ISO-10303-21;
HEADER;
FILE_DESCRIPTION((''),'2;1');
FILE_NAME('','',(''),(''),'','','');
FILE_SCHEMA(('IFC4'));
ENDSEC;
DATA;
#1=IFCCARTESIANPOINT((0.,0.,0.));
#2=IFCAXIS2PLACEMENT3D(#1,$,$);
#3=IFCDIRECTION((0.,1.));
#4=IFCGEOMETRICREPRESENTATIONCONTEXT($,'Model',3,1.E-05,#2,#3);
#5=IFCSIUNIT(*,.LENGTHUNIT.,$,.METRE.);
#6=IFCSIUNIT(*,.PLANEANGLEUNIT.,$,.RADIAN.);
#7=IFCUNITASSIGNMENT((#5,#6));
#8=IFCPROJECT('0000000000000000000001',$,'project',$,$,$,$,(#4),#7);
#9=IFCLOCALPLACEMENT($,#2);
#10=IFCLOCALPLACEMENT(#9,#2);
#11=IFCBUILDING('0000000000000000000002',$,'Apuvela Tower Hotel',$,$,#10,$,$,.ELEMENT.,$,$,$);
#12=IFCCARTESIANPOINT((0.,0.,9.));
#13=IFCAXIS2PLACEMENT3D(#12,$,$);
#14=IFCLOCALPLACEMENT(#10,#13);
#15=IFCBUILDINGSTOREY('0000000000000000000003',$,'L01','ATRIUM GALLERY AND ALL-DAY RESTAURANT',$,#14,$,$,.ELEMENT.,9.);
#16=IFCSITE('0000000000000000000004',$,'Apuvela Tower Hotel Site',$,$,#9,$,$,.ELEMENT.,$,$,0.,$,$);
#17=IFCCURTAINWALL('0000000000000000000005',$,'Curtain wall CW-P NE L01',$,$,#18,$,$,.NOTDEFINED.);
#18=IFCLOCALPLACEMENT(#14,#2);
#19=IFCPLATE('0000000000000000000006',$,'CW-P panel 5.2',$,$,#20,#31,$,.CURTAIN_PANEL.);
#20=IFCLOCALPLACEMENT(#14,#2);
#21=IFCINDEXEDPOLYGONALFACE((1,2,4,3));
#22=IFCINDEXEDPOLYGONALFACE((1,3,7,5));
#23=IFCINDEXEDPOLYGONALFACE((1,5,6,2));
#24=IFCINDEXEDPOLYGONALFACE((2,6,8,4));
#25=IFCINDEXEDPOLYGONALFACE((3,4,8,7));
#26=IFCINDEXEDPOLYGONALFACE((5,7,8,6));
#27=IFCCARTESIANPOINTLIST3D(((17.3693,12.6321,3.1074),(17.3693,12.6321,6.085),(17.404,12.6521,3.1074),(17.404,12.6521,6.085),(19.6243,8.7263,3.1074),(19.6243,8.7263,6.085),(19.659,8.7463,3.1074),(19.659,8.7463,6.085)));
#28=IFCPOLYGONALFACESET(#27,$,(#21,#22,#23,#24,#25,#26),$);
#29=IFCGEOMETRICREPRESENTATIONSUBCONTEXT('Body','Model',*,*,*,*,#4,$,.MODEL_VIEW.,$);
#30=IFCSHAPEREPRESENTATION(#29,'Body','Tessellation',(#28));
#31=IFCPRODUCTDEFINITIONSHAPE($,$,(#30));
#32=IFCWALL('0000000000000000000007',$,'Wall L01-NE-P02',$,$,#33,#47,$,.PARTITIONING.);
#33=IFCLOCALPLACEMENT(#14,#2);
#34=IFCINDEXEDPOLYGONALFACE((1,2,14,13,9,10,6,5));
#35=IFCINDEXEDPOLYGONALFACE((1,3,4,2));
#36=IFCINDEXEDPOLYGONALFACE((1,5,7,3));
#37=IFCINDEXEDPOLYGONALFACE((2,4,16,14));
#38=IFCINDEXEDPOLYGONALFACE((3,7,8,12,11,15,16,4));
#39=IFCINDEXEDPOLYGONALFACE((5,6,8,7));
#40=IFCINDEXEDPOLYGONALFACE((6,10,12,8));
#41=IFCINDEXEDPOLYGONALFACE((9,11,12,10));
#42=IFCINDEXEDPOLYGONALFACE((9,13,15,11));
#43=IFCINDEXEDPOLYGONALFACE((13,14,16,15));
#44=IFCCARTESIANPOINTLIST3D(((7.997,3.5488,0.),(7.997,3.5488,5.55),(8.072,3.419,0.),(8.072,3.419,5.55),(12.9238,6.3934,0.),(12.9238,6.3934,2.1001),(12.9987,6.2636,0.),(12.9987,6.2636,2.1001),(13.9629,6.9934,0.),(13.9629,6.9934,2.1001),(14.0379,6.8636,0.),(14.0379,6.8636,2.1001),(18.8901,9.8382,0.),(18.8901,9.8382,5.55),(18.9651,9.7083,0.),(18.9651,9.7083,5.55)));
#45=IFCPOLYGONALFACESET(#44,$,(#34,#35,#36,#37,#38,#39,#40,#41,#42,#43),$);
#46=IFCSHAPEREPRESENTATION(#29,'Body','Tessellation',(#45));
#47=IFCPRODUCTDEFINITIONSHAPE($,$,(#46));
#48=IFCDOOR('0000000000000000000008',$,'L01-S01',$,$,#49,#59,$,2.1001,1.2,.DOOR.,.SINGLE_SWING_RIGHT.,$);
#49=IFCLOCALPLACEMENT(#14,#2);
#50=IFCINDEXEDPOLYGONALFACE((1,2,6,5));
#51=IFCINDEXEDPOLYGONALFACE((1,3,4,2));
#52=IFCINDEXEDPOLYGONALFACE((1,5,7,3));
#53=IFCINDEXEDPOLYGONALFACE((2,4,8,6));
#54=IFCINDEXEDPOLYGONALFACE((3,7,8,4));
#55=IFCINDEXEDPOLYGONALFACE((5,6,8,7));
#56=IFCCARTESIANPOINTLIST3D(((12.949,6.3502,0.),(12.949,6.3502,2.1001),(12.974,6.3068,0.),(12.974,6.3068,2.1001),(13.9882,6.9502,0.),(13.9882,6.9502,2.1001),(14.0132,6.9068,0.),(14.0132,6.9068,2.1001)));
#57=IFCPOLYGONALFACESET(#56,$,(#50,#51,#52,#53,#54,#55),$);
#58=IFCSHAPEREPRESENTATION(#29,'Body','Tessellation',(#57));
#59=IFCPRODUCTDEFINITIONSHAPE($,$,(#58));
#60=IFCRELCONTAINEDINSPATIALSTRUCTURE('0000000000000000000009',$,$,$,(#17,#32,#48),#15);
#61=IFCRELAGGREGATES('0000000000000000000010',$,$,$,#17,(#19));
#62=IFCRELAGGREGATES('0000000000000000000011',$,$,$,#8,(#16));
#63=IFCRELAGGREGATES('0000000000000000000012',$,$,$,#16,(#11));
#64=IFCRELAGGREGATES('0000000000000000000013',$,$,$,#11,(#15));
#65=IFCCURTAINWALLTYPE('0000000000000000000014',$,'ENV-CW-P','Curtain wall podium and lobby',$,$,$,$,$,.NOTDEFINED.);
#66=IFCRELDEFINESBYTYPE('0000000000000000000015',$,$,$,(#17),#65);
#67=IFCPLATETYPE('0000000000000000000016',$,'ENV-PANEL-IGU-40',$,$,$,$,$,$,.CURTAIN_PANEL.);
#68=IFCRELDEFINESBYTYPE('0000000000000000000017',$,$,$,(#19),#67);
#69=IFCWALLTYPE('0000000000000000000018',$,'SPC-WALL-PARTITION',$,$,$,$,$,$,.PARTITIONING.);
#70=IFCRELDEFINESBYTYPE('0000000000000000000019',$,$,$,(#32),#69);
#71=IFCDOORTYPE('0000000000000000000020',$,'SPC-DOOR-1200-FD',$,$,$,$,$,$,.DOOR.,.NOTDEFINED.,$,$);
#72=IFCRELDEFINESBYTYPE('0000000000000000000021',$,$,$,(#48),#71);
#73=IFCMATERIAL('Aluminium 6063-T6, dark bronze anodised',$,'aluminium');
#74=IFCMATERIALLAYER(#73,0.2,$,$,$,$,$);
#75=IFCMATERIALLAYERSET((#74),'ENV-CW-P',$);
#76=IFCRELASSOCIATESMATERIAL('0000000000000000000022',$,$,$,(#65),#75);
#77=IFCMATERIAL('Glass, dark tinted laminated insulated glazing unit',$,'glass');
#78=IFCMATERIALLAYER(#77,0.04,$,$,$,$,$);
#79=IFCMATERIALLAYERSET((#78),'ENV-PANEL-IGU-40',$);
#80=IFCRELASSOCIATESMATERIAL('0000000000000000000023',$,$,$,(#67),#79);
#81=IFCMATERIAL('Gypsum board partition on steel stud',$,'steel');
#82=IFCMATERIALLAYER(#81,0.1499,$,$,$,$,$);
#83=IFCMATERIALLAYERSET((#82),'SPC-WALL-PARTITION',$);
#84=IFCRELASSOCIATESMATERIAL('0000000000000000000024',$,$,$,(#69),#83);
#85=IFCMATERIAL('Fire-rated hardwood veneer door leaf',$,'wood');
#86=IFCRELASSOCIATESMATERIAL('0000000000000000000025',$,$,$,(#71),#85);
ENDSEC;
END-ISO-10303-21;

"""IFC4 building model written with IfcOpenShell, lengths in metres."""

from ifc_helpers import new_model, si_unit, direction, frame, frame_2d, origin, origin_2d, place, context, subcontext, project, spatial, rectangle, extrude, material, layer, layer_set, type_object, element, fill, aggregate, save


model = new_model("IFC4")

# Units and contexts
model_context = context("Model", 3, precision=1e-05, world=origin(), true_north=direction((0.0, 1.0)))
body_context = subcontext(model_context, "Body", "Model", "MODEL_VIEW")
ifc_project = project(units=[si_unit("LENGTHUNIT", "METRE"), si_unit("PLANEANGLEUNIT", "RADIAN")], contexts=[model_context])

# Site, building, storey
site_placement = place(None, origin())
site = spatial("IfcSite", under=ifc_project, at=site_placement, Name="Apuvela Tower Hotel Site", CompositionType="ELEMENT", RefElevation=0.0)
building_placement = place(site_placement, origin())
building = spatial("IfcBuilding", under=site, at=building_placement, Name="Apuvela Tower Hotel", CompositionType="ELEMENT")
storey_placement = place(building_placement, frame((0.0, 0.0, 9.0)))
storey = spatial("IfcBuildingStorey", under=building, at=storey_placement, Name="L01", Description="ATRIUM GALLERY AND ALL-DAY RESTAURANT", CompositionType="ELEMENT", Elevation=9.0)

# Curtain wall
ifc_material_1 = material(Name="Aluminium 6063-T6, dark bronze anodised", Category="aluminium")
ifc_layer_1 = layer(ifc_material_1, 0.2)
ifc_layer_set_1 = layer_set([ifc_layer_1], Name="ENV-CW-P")
curtain_wall_type = type_object("IfcCurtainWallType", Name="ENV-CW-P", Description="Curtain wall podium and lobby", PredefinedType="NOTDEFINED", material=ifc_layer_set_1)
curtain_wall_placement = place(storey_placement, origin())
curtain_wall = element("IfcCurtainWall", 1, at=curtain_wall_placement, inside=storey, type_object=curtain_wall_type, Name="Curtain wall CW-P NE L01", PredefinedType="NOTDEFINED")

# Plate
ifc_material_2 = material(Name="Glass, dark tinted laminated insulated glazing unit", Category="glass")
ifc_layer_2 = layer(ifc_material_2, 0.04)
ifc_layer_set_2 = layer_set([ifc_layer_2], Name="ENV-PANEL-IGU-40")
plate_type = type_object("IfcPlateType", Name="ENV-PANEL-IGU-40", PredefinedType="CURTAIN_PANEL", material=ifc_layer_set_2)
plate_1_placement = place(storey_placement, frame((18.5142, 10.6892, 3.1074), z_axis=(0.0, 0.0, 1.0), x_axis=(-0.5, 0.866025, 0.0)))
plate_1 = element("IfcPlate", 2, at=plate_1_placement, type_object=plate_type, Name="CW-P panel 5.2", PredefinedType="CURTAIN_PANEL", context=body_context, shape_type="SweptSolid", body=[
    extrude(rectangle(XDim=4.51, YDim=0.04, at=origin_2d()), origin(), (0.0, 0.0, 1.0), 2.9775),
])
aggregate(curtain_wall, [plate_1])

# Wall, opening, door
ifc_material_3 = material(Name="Gypsum board partition on steel stud", Category="steel")
ifc_layer_3 = layer(ifc_material_3, 0.1499)
ifc_layer_set_3 = layer_set([ifc_layer_3], Name="SPC-WALL-PARTITION")
wall_type = type_object("IfcWallType", Name="SPC-WALL-PARTITION", PredefinedType="PARTITIONING", material=ifc_layer_set_3)
wall_placement = place(storey_placement, frame((18.9275, 9.7732, 0.0), z_axis=(0.0, 0.0, 1.0), x_axis=(-0.866019, -0.500011, 0.0)))
wall = element("IfcWall", 3, at=wall_placement, inside=storey, type_object=wall_type, Name="Wall L01-NE-P02", PredefinedType="PARTITIONING", context=body_context, shape_type="SweptSolid", body=[
    extrude(rectangle(XDim=12.5784, YDim=0.1499, at=frame_2d((6.2891, 0.0))), origin(), (0.0, 0.0, 1.0), 5.55),
])
opening_placement = place(wall_placement, frame((5.6892, 0.0, 0.0)))
opening = element("IfcOpeningElement", 4, at=opening_placement, cuts=wall, PredefinedType="OPENING", context=body_context, shape_type="SweptSolid", body=[
    extrude(rectangle(XDim=1.2, YDim=2.1001, at=frame_2d((0.6001, 1.05))), frame((0.0, 0.085, 0.0), z_axis=(0.0, -1.0, 0.0), x_axis=(1.0, 0.0, 0.0)), (0.0, 0.0, 1.0), 0.1699),
])
ifc_material_4 = material(Name="Fire-rated hardwood veneer door leaf", Category="wood")
door_type = type_object("IfcDoorType", Name="SPC-DOOR-1200-FD", OperationType="NOTDEFINED", PredefinedType="DOOR", material=ifc_material_4)
door_placement = place(opening_placement, frame((1.2, 0.0, 0.0), z_axis=(0.0, 0.0, 1.0), x_axis=(-1.0, 0.0, 0.0)))
door = element("IfcDoor", 5, at=door_placement, inside=storey, type_object=door_type, Name="L01-S01", OperationType="SINGLE_SWING_RIGHT", OverallHeight=2.1001, OverallWidth=1.2, PredefinedType="DOOR", context=body_context, shape_type="SweptSolid", body=[
    extrude(rectangle(XDim=1.2, YDim=2.1001, at=frame_2d((0.6001, 1.05))), frame((0.0, 0.0249, 0.0), z_axis=(0.0, -1.0, 0.0), x_axis=(1.0, 0.0, 0.0)), (0.0, 0.0, 1.0), 0.05),
])
fill(opening, door)

save(model, "model.ifc")
